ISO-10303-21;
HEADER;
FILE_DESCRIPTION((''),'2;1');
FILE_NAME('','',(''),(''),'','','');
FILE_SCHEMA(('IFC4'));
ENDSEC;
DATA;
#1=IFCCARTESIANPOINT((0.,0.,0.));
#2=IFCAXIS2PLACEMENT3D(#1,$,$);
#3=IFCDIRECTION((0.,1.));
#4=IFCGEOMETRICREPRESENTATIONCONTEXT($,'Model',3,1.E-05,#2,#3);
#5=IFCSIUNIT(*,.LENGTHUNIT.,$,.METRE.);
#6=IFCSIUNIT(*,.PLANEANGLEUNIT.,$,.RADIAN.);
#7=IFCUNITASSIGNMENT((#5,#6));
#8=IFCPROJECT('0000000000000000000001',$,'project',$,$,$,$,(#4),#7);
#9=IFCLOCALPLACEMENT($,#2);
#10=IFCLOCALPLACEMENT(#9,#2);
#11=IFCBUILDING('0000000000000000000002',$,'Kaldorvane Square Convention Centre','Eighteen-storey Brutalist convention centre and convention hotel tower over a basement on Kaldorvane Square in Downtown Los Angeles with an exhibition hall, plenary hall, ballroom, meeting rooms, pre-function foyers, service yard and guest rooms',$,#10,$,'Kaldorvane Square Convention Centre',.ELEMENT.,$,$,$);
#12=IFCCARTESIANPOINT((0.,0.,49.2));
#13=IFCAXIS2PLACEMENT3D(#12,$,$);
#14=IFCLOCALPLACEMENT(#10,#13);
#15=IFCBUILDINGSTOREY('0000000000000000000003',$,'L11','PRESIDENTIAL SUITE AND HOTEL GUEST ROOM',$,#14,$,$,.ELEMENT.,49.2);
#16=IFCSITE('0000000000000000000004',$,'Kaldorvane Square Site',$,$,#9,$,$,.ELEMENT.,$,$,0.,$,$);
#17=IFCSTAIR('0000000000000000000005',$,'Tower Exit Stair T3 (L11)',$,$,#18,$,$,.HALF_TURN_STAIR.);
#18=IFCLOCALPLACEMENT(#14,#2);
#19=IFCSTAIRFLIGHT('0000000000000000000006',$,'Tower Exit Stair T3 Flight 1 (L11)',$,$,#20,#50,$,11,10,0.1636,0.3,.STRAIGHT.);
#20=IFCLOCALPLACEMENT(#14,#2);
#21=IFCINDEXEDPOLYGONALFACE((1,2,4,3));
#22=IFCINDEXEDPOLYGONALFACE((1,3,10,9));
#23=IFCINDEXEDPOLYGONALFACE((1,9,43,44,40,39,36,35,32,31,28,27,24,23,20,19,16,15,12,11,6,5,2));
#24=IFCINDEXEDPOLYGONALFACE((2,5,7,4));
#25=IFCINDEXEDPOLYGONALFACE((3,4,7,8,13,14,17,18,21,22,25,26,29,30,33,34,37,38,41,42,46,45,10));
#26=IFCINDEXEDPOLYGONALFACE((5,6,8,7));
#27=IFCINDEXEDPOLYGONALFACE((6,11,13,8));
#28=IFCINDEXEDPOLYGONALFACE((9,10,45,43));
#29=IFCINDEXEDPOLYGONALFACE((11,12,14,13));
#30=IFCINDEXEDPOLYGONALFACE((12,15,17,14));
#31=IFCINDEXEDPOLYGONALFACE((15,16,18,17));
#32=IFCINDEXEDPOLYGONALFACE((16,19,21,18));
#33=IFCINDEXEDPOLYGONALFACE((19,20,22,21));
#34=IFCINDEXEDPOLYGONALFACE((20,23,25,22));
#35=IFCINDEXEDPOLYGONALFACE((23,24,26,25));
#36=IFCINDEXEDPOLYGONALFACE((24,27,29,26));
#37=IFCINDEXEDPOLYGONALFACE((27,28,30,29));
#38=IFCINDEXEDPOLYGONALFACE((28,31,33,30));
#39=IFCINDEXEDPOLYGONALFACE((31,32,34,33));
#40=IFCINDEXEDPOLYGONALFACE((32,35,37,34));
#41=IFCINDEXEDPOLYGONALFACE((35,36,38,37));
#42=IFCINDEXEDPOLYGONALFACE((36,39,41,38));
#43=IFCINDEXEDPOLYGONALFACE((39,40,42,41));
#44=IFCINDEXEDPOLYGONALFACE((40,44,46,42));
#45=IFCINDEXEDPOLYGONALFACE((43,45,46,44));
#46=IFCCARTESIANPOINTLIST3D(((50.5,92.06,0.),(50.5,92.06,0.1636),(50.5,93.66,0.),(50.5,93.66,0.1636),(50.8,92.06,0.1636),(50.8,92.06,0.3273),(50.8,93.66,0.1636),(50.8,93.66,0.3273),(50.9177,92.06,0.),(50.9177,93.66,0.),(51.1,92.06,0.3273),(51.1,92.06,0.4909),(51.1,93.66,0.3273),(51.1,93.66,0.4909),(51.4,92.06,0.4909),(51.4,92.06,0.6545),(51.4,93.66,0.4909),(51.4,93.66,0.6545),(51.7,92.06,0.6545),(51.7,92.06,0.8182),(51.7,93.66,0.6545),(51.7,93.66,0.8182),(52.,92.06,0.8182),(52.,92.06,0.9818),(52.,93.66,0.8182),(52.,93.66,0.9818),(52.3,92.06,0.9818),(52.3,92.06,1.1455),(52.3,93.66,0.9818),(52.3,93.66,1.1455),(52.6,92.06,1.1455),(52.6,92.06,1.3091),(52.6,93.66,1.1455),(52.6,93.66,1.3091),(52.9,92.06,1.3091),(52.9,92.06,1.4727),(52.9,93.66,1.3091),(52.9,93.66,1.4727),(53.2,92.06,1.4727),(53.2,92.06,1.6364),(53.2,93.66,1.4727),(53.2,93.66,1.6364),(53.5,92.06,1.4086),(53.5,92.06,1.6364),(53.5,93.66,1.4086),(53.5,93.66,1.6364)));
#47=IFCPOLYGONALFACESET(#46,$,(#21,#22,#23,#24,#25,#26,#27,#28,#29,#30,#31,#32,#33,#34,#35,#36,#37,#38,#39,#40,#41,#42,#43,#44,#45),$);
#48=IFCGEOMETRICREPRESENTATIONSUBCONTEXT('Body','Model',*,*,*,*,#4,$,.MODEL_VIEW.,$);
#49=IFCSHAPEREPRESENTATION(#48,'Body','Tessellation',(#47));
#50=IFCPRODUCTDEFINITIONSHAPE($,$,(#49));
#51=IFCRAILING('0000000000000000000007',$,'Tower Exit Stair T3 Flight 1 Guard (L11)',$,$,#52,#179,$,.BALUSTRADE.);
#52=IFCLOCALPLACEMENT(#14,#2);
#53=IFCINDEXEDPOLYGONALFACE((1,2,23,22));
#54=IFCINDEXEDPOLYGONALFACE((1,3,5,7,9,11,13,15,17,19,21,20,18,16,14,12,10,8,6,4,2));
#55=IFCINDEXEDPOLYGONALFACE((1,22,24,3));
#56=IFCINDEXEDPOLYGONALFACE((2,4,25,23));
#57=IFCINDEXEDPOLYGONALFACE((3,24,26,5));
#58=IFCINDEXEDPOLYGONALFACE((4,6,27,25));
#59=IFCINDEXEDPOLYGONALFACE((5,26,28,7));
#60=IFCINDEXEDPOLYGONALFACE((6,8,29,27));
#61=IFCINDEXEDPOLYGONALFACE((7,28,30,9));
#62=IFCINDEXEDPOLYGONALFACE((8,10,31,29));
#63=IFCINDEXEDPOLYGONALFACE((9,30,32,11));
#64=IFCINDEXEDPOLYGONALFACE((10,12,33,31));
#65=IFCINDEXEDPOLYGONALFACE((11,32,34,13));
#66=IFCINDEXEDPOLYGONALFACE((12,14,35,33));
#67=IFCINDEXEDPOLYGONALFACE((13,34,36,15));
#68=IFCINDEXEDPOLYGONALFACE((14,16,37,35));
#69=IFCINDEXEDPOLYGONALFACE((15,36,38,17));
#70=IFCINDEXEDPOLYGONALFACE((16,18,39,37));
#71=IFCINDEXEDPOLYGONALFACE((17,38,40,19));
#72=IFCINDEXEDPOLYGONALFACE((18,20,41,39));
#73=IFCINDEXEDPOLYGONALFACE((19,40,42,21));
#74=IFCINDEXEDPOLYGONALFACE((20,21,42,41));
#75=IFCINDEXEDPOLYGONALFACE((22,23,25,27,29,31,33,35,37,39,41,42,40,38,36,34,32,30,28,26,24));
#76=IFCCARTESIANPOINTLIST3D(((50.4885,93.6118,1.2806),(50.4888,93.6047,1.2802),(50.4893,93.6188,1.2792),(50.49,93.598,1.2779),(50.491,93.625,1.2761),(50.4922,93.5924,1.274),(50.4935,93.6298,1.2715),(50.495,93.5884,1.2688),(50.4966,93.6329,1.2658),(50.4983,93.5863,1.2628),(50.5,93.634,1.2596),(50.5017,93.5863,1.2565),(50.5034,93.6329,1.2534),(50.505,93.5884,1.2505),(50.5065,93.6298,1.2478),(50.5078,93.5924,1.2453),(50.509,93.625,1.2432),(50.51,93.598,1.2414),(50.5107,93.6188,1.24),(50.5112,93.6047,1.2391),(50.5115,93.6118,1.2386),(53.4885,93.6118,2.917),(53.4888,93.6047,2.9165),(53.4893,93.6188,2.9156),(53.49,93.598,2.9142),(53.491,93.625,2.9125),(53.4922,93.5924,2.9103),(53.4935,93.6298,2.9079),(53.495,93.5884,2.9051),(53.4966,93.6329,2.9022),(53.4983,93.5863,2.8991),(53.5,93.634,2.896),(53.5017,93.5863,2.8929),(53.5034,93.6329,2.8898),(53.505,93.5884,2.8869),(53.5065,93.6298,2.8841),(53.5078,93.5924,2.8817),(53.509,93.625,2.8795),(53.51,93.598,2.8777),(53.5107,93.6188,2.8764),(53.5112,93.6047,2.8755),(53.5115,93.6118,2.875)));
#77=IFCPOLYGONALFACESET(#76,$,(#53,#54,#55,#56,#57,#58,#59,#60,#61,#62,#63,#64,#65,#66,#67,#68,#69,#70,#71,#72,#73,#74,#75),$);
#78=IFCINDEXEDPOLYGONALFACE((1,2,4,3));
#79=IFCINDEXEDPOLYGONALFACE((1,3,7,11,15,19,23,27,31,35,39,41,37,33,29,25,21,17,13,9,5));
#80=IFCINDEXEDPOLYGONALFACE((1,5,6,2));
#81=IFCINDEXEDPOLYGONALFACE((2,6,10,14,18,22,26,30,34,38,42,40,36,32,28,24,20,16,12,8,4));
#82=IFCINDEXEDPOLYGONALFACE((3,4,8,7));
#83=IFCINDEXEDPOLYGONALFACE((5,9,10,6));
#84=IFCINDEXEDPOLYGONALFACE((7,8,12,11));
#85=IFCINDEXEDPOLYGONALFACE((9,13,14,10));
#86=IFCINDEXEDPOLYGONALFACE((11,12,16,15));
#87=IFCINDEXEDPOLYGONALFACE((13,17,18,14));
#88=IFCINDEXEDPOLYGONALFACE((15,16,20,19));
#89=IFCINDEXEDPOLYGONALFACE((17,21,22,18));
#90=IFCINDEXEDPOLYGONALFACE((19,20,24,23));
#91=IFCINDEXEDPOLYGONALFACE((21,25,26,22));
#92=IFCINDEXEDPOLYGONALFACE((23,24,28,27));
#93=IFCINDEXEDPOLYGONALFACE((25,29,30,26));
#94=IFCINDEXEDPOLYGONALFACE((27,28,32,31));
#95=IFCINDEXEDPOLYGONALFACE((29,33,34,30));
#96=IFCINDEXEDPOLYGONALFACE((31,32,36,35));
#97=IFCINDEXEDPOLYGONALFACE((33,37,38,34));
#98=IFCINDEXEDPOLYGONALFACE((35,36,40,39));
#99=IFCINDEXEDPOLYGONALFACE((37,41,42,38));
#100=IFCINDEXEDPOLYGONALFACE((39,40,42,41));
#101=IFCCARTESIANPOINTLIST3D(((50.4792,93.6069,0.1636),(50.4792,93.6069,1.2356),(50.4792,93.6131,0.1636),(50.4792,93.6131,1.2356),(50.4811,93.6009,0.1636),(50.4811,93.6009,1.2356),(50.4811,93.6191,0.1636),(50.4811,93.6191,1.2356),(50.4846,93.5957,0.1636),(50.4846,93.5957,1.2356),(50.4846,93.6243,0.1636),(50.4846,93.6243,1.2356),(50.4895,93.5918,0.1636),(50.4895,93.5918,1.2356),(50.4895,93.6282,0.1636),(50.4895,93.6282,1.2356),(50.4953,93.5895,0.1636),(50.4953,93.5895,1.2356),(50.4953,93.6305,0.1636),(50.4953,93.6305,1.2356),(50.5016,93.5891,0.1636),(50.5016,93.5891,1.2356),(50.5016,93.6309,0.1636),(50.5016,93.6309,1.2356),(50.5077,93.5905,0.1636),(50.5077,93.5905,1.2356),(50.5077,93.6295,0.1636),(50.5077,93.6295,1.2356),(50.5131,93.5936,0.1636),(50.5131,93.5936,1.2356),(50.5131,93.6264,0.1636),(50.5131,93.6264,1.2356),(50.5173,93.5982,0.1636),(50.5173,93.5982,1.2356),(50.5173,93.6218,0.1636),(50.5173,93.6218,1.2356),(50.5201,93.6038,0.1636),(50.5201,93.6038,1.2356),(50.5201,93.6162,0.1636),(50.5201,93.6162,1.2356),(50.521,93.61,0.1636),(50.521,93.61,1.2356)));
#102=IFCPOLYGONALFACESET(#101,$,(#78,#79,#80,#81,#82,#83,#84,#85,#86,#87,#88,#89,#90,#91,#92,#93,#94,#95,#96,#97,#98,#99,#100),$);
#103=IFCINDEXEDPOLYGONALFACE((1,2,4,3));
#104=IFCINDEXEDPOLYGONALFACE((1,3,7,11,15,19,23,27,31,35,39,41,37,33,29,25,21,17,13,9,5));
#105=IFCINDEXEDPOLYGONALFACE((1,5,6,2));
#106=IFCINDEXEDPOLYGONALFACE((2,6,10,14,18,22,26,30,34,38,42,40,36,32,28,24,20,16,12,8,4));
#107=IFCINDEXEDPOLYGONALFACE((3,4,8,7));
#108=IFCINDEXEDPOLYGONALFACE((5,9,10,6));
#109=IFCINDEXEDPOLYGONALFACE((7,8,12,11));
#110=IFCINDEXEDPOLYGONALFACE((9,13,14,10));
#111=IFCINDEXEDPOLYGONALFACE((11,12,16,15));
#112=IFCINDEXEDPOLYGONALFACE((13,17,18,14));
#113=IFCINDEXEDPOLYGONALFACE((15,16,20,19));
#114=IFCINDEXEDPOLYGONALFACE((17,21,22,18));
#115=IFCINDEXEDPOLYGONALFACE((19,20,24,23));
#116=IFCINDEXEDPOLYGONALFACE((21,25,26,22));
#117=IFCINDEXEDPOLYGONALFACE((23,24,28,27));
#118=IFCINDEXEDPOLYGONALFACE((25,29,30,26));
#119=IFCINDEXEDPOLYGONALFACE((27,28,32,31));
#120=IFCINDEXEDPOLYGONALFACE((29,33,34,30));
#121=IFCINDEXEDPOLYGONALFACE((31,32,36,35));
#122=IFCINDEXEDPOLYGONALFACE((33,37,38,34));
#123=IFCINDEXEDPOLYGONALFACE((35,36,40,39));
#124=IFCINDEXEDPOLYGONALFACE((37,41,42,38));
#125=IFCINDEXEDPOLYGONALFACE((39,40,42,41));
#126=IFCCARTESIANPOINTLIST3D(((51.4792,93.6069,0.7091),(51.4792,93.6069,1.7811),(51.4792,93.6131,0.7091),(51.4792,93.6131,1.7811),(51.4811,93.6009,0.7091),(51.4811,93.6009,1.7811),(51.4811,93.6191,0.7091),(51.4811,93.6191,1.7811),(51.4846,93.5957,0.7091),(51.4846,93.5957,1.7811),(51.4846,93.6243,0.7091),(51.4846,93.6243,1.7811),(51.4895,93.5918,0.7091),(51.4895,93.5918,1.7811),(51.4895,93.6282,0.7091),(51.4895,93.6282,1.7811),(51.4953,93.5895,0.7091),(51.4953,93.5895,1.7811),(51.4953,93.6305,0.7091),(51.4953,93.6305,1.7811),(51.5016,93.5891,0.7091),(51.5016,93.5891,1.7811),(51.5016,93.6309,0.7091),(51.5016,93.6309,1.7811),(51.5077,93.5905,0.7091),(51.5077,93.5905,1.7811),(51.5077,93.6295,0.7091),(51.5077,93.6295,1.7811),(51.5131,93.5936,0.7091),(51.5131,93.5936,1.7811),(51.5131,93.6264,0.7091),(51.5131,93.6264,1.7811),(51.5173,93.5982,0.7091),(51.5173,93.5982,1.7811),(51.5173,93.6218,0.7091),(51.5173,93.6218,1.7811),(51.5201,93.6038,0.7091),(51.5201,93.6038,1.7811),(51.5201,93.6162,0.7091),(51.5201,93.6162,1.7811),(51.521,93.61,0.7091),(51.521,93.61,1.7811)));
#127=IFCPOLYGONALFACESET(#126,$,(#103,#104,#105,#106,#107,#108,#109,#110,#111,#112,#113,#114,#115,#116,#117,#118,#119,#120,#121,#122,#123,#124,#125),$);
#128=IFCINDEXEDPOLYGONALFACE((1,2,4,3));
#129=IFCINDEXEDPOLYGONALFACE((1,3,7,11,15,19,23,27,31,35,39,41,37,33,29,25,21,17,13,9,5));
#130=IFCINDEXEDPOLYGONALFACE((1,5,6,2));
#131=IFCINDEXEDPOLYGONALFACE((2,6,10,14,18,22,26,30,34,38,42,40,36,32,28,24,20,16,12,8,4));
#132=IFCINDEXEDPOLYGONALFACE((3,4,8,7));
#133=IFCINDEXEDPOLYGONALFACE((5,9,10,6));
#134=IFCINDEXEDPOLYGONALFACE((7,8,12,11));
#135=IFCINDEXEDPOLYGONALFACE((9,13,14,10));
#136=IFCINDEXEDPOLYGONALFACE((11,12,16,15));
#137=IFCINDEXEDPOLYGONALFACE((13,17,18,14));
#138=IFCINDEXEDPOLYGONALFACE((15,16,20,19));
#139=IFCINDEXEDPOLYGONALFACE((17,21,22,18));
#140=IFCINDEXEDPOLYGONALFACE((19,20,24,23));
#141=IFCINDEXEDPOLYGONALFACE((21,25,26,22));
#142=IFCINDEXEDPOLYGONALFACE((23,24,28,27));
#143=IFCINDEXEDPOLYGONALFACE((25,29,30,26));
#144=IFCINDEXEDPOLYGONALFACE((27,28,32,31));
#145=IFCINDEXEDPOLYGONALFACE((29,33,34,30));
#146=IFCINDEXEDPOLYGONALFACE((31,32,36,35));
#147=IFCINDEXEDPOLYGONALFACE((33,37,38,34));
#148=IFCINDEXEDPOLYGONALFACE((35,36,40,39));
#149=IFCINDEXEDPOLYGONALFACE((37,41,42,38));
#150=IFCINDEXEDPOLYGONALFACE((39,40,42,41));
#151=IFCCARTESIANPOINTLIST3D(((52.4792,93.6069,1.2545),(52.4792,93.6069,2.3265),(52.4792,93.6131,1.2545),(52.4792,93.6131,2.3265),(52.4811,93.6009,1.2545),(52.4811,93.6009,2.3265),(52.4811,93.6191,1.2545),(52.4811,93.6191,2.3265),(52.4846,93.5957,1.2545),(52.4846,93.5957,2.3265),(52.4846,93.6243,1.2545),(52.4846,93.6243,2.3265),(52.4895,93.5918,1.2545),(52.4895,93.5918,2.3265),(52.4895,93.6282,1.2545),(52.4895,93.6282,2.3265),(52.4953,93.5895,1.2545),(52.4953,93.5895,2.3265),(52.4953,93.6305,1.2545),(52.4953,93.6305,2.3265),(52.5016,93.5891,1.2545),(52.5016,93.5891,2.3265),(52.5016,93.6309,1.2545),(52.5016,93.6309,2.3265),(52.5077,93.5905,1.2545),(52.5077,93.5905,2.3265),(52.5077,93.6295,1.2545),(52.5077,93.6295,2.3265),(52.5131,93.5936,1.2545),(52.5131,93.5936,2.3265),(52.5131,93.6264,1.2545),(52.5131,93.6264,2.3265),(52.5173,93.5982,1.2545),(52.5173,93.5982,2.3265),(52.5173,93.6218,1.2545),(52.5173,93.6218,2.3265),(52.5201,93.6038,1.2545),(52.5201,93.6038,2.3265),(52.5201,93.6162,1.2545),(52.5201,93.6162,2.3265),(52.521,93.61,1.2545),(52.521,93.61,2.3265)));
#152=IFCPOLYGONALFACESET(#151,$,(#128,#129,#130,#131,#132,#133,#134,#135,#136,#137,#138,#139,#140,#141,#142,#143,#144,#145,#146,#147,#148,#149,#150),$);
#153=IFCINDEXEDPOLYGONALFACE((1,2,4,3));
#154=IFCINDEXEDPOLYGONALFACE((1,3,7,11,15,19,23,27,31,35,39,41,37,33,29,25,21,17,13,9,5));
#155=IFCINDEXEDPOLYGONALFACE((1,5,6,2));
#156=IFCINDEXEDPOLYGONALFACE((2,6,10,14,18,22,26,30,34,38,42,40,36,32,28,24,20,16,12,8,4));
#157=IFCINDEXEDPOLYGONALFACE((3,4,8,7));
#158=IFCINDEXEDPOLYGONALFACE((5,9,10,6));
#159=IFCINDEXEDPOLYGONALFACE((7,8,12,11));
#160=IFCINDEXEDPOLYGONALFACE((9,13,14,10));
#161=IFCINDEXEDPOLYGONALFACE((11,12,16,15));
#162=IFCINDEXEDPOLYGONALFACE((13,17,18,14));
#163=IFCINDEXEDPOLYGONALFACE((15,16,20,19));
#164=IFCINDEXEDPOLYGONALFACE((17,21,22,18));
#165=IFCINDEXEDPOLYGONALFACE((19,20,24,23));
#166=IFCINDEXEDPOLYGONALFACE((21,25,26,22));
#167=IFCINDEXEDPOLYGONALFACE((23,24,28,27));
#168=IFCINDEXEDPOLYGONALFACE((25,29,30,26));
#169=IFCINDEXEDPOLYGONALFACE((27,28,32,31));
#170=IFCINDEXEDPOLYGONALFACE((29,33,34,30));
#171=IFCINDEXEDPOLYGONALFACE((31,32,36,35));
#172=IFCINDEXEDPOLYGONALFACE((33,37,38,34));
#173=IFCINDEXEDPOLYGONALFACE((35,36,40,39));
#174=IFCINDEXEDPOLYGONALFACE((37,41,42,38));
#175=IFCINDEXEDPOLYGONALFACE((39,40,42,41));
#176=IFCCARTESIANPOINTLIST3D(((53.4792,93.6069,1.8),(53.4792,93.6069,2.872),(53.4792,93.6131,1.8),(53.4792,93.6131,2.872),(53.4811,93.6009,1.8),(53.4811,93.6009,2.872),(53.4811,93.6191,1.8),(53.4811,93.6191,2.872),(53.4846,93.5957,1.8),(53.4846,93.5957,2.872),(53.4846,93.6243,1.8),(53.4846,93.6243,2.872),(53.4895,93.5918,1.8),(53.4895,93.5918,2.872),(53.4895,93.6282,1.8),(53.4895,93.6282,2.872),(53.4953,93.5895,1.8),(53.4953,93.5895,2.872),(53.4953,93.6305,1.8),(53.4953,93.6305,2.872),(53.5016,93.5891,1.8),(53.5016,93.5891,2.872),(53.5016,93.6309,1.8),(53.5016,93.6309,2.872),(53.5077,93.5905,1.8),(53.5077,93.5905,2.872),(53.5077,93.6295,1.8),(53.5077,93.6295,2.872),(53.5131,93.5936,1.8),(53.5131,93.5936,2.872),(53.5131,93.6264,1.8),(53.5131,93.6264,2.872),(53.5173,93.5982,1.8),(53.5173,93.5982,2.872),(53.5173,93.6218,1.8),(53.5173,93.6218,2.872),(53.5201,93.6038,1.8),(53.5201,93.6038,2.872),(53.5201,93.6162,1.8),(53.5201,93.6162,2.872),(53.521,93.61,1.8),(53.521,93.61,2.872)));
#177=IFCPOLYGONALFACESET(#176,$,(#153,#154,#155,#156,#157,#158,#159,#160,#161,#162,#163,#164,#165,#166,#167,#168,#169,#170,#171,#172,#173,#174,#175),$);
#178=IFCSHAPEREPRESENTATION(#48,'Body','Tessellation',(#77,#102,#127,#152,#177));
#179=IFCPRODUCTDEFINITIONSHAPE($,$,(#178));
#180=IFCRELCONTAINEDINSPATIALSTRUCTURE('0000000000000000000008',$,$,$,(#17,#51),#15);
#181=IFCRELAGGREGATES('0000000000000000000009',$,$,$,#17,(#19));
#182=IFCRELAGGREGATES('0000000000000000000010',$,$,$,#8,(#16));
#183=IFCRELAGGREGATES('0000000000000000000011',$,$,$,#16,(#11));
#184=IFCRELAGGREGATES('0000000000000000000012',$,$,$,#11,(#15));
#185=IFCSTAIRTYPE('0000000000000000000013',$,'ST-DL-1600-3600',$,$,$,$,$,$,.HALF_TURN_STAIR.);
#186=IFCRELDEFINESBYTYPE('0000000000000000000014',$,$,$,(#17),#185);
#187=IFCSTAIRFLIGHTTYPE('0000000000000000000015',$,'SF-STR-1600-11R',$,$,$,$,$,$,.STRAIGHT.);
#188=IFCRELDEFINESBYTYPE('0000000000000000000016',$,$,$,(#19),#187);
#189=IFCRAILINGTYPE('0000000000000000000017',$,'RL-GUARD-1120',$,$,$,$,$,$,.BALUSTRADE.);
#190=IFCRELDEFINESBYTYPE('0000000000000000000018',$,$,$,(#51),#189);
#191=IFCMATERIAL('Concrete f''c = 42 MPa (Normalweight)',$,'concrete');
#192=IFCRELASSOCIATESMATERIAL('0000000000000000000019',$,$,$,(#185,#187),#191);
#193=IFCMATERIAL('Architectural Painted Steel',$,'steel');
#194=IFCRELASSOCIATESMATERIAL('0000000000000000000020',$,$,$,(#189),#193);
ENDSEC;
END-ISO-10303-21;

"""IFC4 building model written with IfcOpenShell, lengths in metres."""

from ifc_helpers import new_model, si_unit, direction, frame, origin, origin_2d, place, context, subcontext, project, spatial, polyline, circle, outline, extrude, material, type_object, element, aggregate, save


model = new_model("IFC4")

# Units and contexts
model_context = context("Model", 3, precision=1e-05, world=origin(), true_north=direction((0.0, 1.0)))
body_context = subcontext(model_context, "Body", "Model", "MODEL_VIEW")
ifc_project = project(units=[si_unit("LENGTHUNIT", "METRE"), si_unit("PLANEANGLEUNIT", "RADIAN")], contexts=[model_context])

# Site, building, storey
site_placement = place(None, origin())
site = spatial("IfcSite", under=ifc_project, at=site_placement, Name="Kaldorvane Square Site", CompositionType="ELEMENT", RefElevation=0.0)
building_placement = place(site_placement, origin())
building = spatial("IfcBuilding", under=site, at=building_placement, Name="Kaldorvane Square Convention Centre", Description="Eighteen-storey Brutalist convention centre and convention hotel tower over a basement on Kaldorvane Square in Downtown Los Angeles with an exhibition hall, plenary hall, ballroom, meeting rooms, pre-function foyers, service yard and guest rooms", LongName="Kaldorvane Square Convention Centre", CompositionType="ELEMENT")
storey_placement = place(building_placement, frame((0.0, 0.0, 49.2)))
storey = spatial("IfcBuildingStorey", under=building, at=storey_placement, Name="L11", Description="PRESIDENTIAL SUITE AND HOTEL GUEST ROOM", CompositionType="ELEMENT", Elevation=49.2)

# Stair, stair flight
ifc_material_1 = material(Name="Concrete f'c = 42 MPa (Normalweight)", Category="concrete")
stair_type = type_object("IfcStairType", Name="ST-DL-1600-3600", PredefinedType="HALF_TURN_STAIR", material=ifc_material_1)
stair_flight_type = type_object("IfcStairFlightType", Name="SF-STR-1600-11R", PredefinedType="STRAIGHT", material=ifc_material_1)
stair_1_placement = place(storey_placement, origin())
stair_1 = element("IfcStair", 1, at=stair_1_placement, inside=storey, type_object=stair_type, Name="Tower Exit Stair T3 (L11)", PredefinedType="HALF_TURN_STAIR")
stair_flight_1_placement = place(storey_placement, frame((50.5, 92.86, 0.0), z_axis=(0.0, 0.0, 1.0), x_axis=(1.0, 0.0, 0.0)))
stair_flight_1 = element("IfcStairFlight", 2, at=stair_flight_1_placement, type_object=stair_flight_type, Name="Tower Exit Stair T3 Flight 1 (L11)", NumberOfRisers=11, NumberOfTreads=10, PredefinedType="STRAIGHT", RiserHeight=0.1636, TreadLength=0.3, context=body_context, shape_type="SweptSolid", body=[
    extrude(outline(polyline([(0.0, 0.0), (0.0, 0.1636), (0.3, 0.1636), (0.3, 0.3273), (0.6, 0.3273), (0.6, 0.4909), (0.9, 0.4909), (0.9, 0.6545), (1.2, 0.6545), (1.2, 0.8182), (1.5, 0.8182), (1.5, 0.9818), (1.8, 0.9818), (1.8, 1.1455), (2.1, 1.1455), (2.1, 1.3091), (2.4, 1.3091), (2.4, 1.4727), (2.7, 1.4727), (2.7, 1.6364), (3.0, 1.6364), (3.0, 1.8), (3.0, 1.4086), (0.4177, 0.0), (0.0, 0.0)])), frame((0.0, 0.8, 0.0), z_axis=(0.0, -1.0, 0.0), x_axis=(1.0, 0.0, 0.0)), (0.0, 0.0, 1.0), 1.6),
])
aggregate(stair_1, [stair_flight_1])

# Railing
ifc_material_2 = material(Name="Architectural Painted Steel", Category="steel")
railing_type_1 = type_object("IfcRailingType", Name="RL-GUARD-1120", PredefinedType="BALUSTRADE", material=ifc_material_2)
railing_placement = place(storey_placement, frame((50.5, 93.61, 0.1636)))
element("IfcRailing", 3, at=railing_placement, inside=storey, type_object=railing_type_1, Name="Tower Exit Stair T3 Flight 1 Guard (L11)", PredefinedType="BALUSTRADE", context=body_context, shape_type="SweptSolid", body=[
    extrude(circle(Radius=0.024, at=origin_2d()), frame((0.0, 0.0, 1.096), z_axis=(0.877895, 0.0, 0.478853), x_axis=(0.0, 1.0, 0.0)), (0.0, 0.0, 1.0), 3.4173),
    extrude(circle(Radius=0.021, at=origin_2d()), origin(), (0.0, 0.0, 1.0), 1.072),
    extrude(circle(Radius=0.021, at=origin_2d()), frame((1.0, 0.0, 0.5455)), (0.0, 0.0, 1.0), 1.072),
    extrude(circle(Radius=0.021, at=origin_2d()), frame((2.0, 0.0, 1.0909)), (0.0, 0.0, 1.0), 1.072),
    extrude(circle(Radius=0.021, at=origin_2d()), frame((3.0, 0.0, 1.6364)), (0.0, 0.0, 1.0), 1.072),
])

save(model, "model.ifc")
